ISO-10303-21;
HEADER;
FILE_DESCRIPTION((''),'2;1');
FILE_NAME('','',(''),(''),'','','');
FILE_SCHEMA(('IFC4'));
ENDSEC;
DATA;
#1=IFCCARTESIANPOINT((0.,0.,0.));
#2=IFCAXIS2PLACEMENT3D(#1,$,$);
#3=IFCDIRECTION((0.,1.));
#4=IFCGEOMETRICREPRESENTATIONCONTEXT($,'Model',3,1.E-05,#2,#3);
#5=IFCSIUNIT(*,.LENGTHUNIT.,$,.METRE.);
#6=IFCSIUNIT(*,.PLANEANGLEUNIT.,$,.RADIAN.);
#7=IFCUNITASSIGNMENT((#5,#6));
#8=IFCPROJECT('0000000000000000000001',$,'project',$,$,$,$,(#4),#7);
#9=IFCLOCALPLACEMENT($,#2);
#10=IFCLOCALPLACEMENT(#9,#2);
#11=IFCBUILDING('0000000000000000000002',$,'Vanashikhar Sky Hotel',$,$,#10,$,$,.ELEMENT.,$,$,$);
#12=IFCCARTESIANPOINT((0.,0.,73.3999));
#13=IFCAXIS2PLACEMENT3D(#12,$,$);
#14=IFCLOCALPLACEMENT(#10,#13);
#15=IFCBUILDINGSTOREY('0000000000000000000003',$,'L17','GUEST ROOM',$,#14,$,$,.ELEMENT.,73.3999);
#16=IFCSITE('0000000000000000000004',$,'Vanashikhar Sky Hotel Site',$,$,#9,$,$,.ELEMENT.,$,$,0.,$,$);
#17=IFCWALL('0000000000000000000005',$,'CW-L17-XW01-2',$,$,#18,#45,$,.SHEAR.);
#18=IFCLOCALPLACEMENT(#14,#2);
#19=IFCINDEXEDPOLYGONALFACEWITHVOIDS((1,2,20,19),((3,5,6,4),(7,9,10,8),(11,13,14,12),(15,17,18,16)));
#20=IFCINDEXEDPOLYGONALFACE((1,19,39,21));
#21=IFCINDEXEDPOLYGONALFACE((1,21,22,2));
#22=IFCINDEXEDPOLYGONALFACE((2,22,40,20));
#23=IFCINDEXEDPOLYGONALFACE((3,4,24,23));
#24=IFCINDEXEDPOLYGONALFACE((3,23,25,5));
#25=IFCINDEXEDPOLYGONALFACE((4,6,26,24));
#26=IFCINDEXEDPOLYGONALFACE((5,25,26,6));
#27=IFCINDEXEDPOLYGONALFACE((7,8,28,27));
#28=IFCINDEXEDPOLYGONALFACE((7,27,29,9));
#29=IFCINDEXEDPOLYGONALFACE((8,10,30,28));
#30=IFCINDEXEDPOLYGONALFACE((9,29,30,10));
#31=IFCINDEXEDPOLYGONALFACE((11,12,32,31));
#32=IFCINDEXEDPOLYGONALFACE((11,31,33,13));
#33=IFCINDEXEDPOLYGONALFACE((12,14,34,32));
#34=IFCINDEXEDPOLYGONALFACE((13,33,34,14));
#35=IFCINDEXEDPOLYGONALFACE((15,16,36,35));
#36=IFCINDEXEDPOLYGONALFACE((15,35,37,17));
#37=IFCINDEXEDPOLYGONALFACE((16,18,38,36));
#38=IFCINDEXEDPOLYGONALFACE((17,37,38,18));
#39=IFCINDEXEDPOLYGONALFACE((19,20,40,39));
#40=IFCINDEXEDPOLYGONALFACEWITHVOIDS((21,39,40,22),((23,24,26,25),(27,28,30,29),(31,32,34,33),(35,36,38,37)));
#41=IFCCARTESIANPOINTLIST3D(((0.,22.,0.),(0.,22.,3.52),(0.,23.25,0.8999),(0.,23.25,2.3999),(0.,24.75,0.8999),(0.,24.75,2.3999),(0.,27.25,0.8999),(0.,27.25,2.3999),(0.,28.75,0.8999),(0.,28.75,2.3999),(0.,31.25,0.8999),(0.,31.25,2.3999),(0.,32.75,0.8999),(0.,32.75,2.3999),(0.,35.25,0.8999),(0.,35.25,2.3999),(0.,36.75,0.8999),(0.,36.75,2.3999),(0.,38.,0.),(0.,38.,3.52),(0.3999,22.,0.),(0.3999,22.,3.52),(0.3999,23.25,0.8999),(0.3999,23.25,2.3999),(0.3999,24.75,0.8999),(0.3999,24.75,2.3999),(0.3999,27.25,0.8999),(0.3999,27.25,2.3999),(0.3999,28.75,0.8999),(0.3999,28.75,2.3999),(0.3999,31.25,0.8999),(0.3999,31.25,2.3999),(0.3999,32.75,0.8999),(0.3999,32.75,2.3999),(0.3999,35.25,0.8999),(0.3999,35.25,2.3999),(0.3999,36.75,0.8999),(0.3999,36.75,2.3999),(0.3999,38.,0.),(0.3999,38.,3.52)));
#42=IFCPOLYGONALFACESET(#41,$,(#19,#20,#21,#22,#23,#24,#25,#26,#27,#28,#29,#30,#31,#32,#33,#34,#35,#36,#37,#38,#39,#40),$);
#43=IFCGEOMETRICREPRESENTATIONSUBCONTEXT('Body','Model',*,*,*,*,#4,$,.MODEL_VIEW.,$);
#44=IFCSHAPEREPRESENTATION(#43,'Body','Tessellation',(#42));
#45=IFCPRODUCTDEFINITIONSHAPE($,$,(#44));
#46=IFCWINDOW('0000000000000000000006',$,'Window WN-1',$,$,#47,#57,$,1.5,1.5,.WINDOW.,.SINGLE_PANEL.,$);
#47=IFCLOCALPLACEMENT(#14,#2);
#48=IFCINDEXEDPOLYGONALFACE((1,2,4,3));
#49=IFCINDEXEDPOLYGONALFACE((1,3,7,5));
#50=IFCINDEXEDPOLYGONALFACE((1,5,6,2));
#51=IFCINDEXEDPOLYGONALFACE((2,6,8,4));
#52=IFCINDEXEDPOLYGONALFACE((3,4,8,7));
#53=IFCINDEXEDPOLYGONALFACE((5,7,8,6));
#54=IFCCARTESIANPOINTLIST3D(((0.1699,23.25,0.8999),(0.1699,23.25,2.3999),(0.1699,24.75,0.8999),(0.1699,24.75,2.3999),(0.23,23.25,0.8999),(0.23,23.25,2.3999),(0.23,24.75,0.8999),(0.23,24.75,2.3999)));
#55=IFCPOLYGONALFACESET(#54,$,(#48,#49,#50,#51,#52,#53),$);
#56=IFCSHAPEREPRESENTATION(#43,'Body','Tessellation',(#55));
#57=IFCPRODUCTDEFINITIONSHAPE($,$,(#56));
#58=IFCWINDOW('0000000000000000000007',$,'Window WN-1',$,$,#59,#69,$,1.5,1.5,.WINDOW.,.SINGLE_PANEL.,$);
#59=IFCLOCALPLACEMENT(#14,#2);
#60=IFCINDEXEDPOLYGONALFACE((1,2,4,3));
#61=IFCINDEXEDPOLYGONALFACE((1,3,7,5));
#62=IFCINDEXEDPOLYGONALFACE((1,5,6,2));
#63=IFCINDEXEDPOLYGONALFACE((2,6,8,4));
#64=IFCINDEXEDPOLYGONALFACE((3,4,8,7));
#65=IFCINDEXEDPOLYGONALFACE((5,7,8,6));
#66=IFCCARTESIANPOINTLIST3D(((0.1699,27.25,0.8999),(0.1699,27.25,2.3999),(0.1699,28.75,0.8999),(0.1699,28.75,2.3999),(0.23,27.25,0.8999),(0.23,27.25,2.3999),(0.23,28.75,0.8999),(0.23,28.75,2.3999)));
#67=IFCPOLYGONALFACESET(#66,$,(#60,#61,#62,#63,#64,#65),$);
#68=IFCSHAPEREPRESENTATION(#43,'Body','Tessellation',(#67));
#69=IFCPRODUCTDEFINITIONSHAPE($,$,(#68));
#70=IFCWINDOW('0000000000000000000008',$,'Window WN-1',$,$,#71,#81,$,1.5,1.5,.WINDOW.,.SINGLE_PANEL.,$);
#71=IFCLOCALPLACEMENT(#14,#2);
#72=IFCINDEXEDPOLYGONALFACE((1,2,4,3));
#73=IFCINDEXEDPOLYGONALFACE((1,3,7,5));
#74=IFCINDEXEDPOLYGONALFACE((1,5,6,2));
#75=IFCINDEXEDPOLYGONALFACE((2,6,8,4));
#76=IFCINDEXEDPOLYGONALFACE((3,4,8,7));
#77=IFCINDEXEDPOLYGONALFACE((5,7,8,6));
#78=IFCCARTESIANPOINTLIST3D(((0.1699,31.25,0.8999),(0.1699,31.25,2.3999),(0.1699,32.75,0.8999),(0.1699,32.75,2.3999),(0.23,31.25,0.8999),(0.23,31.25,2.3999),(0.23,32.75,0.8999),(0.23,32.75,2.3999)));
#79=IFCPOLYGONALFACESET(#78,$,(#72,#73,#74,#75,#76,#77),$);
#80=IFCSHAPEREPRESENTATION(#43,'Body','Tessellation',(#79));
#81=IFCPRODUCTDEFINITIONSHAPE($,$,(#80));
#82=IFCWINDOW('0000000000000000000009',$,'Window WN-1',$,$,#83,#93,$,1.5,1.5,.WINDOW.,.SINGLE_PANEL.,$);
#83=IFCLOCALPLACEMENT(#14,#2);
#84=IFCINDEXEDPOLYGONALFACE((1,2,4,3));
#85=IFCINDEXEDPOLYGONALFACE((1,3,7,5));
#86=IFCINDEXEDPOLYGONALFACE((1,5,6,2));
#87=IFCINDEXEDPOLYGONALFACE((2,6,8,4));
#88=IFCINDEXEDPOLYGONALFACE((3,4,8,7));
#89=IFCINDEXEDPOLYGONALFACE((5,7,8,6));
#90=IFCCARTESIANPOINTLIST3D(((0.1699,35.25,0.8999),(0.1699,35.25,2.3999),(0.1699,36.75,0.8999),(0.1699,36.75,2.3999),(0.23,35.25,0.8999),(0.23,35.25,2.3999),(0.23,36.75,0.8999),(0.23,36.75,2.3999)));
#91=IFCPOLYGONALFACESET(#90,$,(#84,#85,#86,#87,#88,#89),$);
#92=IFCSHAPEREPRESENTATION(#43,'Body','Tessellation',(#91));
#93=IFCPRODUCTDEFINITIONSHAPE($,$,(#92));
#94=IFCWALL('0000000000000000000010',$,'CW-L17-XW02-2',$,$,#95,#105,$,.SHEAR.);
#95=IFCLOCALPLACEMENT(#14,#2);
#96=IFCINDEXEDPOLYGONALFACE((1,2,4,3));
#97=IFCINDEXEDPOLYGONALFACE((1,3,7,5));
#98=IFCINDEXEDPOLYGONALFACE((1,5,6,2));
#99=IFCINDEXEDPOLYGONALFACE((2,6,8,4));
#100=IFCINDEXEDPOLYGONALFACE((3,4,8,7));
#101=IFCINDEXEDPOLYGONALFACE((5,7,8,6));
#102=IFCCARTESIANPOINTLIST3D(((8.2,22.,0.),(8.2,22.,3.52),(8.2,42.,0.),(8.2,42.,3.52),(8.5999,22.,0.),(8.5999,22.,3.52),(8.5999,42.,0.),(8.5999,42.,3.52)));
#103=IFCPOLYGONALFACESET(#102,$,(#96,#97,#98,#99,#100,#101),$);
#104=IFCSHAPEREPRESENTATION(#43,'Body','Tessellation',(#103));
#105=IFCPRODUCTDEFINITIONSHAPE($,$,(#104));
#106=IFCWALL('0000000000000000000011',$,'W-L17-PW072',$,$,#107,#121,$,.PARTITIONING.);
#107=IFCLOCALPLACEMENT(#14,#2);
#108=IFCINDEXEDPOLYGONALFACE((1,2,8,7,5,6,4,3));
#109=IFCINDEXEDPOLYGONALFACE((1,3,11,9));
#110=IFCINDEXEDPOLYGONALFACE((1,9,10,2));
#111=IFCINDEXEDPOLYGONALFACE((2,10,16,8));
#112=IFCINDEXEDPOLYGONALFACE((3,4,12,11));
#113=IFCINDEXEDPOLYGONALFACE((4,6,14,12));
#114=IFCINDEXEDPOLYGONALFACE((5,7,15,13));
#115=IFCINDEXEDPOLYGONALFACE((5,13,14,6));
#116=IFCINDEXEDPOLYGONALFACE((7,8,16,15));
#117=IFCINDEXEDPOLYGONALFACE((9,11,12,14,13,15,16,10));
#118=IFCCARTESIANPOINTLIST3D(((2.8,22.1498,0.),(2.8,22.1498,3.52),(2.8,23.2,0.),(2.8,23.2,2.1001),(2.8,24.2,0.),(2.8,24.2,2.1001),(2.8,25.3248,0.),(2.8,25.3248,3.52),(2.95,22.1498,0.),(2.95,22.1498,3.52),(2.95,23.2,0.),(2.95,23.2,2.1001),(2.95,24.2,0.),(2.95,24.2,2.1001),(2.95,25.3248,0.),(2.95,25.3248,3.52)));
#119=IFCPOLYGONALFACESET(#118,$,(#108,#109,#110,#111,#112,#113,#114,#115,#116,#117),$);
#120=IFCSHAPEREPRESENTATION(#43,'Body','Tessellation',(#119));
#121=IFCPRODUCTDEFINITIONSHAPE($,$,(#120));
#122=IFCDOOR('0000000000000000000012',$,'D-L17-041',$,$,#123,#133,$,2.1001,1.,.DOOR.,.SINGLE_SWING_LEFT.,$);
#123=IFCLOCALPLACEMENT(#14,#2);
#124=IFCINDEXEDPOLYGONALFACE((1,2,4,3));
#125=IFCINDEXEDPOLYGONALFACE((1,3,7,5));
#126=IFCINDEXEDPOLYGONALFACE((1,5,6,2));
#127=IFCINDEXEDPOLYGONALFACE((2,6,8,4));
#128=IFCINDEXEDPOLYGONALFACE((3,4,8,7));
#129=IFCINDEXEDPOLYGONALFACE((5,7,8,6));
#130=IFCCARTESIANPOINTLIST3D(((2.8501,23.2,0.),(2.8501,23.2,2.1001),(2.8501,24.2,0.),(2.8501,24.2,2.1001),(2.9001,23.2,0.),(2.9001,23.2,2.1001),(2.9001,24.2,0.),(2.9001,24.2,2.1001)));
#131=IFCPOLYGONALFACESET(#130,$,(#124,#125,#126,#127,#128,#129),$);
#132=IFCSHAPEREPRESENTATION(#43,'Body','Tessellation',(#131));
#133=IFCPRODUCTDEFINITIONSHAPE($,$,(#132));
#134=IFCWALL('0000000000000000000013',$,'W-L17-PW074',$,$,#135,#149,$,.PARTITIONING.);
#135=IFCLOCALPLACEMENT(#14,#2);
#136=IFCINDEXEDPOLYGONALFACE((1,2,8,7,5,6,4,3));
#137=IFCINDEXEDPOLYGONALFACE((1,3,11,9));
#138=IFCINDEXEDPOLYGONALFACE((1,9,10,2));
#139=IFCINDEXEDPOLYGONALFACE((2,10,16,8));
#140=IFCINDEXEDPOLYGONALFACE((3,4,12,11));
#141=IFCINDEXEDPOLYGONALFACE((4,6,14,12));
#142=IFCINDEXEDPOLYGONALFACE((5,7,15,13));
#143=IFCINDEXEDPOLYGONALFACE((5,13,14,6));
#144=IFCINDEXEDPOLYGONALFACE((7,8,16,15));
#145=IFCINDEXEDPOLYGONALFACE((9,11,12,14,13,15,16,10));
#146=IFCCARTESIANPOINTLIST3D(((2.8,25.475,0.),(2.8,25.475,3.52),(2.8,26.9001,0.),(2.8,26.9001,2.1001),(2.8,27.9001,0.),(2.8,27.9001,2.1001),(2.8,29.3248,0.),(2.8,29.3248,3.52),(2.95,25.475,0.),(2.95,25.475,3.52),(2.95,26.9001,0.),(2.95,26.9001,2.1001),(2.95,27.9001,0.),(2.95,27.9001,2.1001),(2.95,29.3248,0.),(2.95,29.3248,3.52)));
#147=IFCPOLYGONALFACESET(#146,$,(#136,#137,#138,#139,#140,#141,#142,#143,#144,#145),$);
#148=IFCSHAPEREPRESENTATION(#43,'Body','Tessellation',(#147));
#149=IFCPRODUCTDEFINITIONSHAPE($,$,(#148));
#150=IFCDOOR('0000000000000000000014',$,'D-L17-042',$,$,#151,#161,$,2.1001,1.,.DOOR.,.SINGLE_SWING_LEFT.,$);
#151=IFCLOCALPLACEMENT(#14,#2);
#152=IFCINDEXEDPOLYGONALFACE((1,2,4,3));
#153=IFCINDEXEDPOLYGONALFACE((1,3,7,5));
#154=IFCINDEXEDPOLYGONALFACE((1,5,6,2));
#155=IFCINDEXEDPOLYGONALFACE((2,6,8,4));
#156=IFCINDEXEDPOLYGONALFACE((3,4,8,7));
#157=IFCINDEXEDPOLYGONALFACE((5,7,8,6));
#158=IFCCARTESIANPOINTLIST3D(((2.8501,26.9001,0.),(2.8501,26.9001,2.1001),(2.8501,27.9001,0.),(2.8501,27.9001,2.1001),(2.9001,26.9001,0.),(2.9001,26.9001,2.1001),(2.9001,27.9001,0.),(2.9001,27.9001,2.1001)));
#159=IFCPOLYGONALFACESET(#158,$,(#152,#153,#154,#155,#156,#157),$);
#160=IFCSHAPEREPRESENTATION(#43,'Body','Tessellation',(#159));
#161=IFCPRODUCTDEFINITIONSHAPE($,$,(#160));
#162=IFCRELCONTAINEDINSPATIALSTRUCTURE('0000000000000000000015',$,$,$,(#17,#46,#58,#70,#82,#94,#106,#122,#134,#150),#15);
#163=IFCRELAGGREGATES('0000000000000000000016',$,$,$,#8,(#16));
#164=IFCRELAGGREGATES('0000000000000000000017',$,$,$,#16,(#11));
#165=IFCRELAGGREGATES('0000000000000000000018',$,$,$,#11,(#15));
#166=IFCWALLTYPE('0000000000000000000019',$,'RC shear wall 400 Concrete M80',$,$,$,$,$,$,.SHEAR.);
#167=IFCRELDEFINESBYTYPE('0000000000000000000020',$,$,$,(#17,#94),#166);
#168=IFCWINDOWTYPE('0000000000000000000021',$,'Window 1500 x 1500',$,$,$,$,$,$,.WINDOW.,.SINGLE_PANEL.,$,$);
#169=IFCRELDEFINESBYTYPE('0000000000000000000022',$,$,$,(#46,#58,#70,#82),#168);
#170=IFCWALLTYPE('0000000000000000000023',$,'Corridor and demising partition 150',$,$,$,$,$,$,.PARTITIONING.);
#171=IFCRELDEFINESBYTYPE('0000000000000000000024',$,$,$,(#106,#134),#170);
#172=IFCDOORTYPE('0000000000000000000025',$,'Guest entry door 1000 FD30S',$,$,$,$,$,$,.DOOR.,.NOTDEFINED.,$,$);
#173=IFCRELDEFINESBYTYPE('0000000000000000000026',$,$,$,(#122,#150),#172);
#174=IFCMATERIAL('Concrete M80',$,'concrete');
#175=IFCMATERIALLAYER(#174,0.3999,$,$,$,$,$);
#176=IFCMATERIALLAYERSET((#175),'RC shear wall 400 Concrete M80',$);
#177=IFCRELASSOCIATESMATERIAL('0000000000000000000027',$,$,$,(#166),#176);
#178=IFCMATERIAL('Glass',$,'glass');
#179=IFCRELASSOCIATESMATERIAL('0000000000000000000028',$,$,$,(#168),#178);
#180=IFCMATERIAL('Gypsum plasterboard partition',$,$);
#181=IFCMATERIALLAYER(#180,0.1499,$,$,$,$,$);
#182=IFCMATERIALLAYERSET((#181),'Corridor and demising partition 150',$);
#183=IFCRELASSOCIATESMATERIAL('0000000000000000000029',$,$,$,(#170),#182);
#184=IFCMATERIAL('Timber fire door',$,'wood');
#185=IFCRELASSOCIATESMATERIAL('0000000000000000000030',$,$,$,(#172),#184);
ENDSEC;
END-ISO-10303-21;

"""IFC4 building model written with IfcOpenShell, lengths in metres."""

from ifc_helpers import new_model, si_unit, direction, frame, frame_2d, origin, place, context, subcontext, project, spatial, rectangle, extrude, source, transform, mapped, material, layer, layer_set, type_object, element, fill, save


model = new_model("IFC4")

# Units and contexts
model_context = context("Model", 3, precision=1e-05, world=origin(), true_north=direction((0.0, 1.0)))
body_context = subcontext(model_context, "Body", "Model", "MODEL_VIEW")
ifc_project = project(units=[si_unit("LENGTHUNIT", "METRE"), si_unit("PLANEANGLEUNIT", "RADIAN")], contexts=[model_context])

# Site, building, storey
site_placement = place(None, origin())
site = spatial("IfcSite", under=ifc_project, at=site_placement, Name="Vanashikhar Sky Hotel Site", CompositionType="ELEMENT", RefElevation=0.0)
building_placement = place(site_placement, origin())
building = spatial("IfcBuilding", under=site, at=building_placement, Name="Vanashikhar Sky Hotel", CompositionType="ELEMENT")
storey_placement = place(building_placement, frame((0.0, 0.0, 73.3999)))
storey = spatial("IfcBuildingStorey", under=building, at=storey_placement, Name="L17", Description="GUEST ROOM", CompositionType="ELEMENT", Elevation=73.3999)

# Wall, openings, windows
ifc_material_1 = material(Name="Concrete M80", Category="concrete")
ifc_layer_1 = layer(ifc_material_1, 0.3999)
ifc_layer_set_1 = layer_set([ifc_layer_1], Name="RC shear wall 400 Concrete M80")
wall_type_1 = type_object("IfcWallType", Name="RC shear wall 400 Concrete M80", PredefinedType="SHEAR", material=ifc_layer_set_1)
shared_shape_1 = source(origin(), body_context, "Body", "SweptSolid", [
    extrude(rectangle(XDim=16.0, YDim=0.3999, at=frame_2d((8.0, 0.0))), origin(), (0.0, 0.0, 1.0), 3.52),
])
wall_1_placement = place(storey_placement, frame((0.2, 22.0, 0.0), z_axis=(0.0, 0.0, 1.0), x_axis=(0.0, 1.0, 0.0)))
wall_1 = element("IfcWall", 1, at=wall_1_placement, inside=storey, type_object=wall_type_1, Name="CW-L17-XW01-2", PredefinedType="SHEAR", context=body_context, shape_type="MappedRepresentation", body=[
    mapped(shared_shape_1, transform((0.0, 0.0, 0.0), scale=1.0)),
])
shared_shape_2 = source(origin(), body_context, "Body", "SweptSolid", [
    extrude(rectangle(XDim=1.5, YDim=1.5, at=frame_2d((0.75, 0.75))), frame((0.0, 0.21, 0.0), z_axis=(0.0, -1.0, 0.0), x_axis=(1.0, 0.0, 0.0)), (0.0, 0.0, 1.0), 0.4199),
])
opening_1_placement = place(wall_1_placement, frame((1.25, 0.0, 0.8999)))
opening_1 = element("IfcOpeningElement", 2, at=opening_1_placement, cuts=wall_1, PredefinedType="OPENING", context=body_context, shape_type="MappedRepresentation", body=[
    mapped(shared_shape_2, transform((0.0, 0.0, 0.0), scale=1.0)),
])
opening_2_placement = place(wall_1_placement, frame((5.25, 0.0, 0.8999)))
opening_2 = element("IfcOpeningElement", 3, at=opening_2_placement, cuts=wall_1, PredefinedType="OPENING", context=body_context, shape_type="MappedRepresentation", body=[
    mapped(shared_shape_2, transform((0.0, 0.0, 0.0), scale=1.0)),
])
opening_3_placement = place(wall_1_placement, frame((9.25, 0.0, 0.8999)))
opening_3 = element("IfcOpeningElement", 4, at=opening_3_placement, cuts=wall_1, PredefinedType="OPENING", context=body_context, shape_type="MappedRepresentation", body=[
    mapped(shared_shape_2, transform((0.0, 0.0, 0.0), scale=1.0)),
])
opening_4_placement = place(wall_1_placement, frame((13.25, 0.0, 0.8999)))
opening_4 = element("IfcOpeningElement", 5, at=opening_4_placement, cuts=wall_1, PredefinedType="OPENING", context=body_context, shape_type="MappedRepresentation", body=[
    mapped(shared_shape_2, transform((0.0, 0.0, 0.0), scale=1.0)),
])
ifc_material_2 = material(Name="Glass", Category="glass")
window_type = type_object("IfcWindowType", Name="Window 1500 x 1500", PartitioningType="SINGLE_PANEL", PredefinedType="WINDOW", material=ifc_material_2)
shared_shape_3 = source(origin(), body_context, "Body", "SweptSolid", [
    extrude(rectangle(XDim=1.5, YDim=1.5, at=frame_2d((0.75, 0.75))), frame((0.0, 0.03, 0.0), z_axis=(0.0, -1.0, 0.0), x_axis=(1.0, 0.0, 0.0)), (0.0, 0.0, 1.0), 0.0601),
])
window_1_placement = place(opening_1_placement, origin())
window_1 = element("IfcWindow", 6, at=window_1_placement, inside=storey, type_object=window_type, Name="Window WN-1", OverallHeight=1.5, OverallWidth=1.5, PartitioningType="SINGLE_PANEL", PredefinedType="WINDOW", context=body_context, shape_type="MappedRepresentation", body=[
    mapped(shared_shape_3, transform((0.0, 0.0, 0.0), scale=1.0)),
])
fill(opening_1, window_1)
window_2_placement = place(opening_2_placement, origin())
window_2 = element("IfcWindow", 7, at=window_2_placement, inside=storey, type_object=window_type, Name="Window WN-1", OverallHeight=1.5, OverallWidth=1.5, PartitioningType="SINGLE_PANEL", PredefinedType="WINDOW", context=body_context, shape_type="MappedRepresentation", body=[
    mapped(shared_shape_3, transform((0.0, 0.0, 0.0), scale=1.0)),
])
fill(opening_2, window_2)
window_3_placement = place(opening_3_placement, origin())
window_3 = element("IfcWindow", 8, at=window_3_placement, inside=storey, type_object=window_type, Name="Window WN-1", OverallHeight=1.5, OverallWidth=1.5, PartitioningType="SINGLE_PANEL", PredefinedType="WINDOW", context=body_context, shape_type="MappedRepresentation", body=[
    mapped(shared_shape_3, transform((0.0, 0.0, 0.0), scale=1.0)),
])
fill(opening_3, window_3)
window_4_placement = place(opening_4_placement, origin())
window_4 = element("IfcWindow", 9, at=window_4_placement, inside=storey, type_object=window_type, Name="Window WN-1", OverallHeight=1.5, OverallWidth=1.5, PartitioningType="SINGLE_PANEL", PredefinedType="WINDOW", context=body_context, shape_type="MappedRepresentation", body=[
    mapped(shared_shape_3, transform((0.0, 0.0, 0.0), scale=1.0)),
])
fill(opening_4, window_4)

# Wall
shared_shape_4 = source(origin(), body_context, "Body", "SweptSolid", [
    extrude(rectangle(XDim=20.0, YDim=0.3999, at=frame_2d((10.0, 0.0))), origin(), (0.0, 0.0, 1.0), 3.52),
])
wall_2_placement = place(storey_placement, frame((8.3999, 22.0, 0.0), z_axis=(0.0, 0.0, 1.0), x_axis=(0.0, 1.0, 0.0)))
element("IfcWall", 10, at=wall_2_placement, inside=storey, type_object=wall_type_1, Name="CW-L17-XW02-2", PredefinedType="SHEAR", context=body_context, shape_type="MappedRepresentation", body=[
    mapped(shared_shape_4, transform((0.0, 0.0, 0.0), scale=1.0)),
])

# Walls, openings, doors
ifc_material_3 = material(Name="Gypsum plasterboard partition")
ifc_layer_2 = layer(ifc_material_3, 0.1499)
ifc_layer_set_2 = layer_set([ifc_layer_2], Name="Corridor and demising partition 150")
wall_type_2 = type_object("IfcWallType", Name="Corridor and demising partition 150", PredefinedType="PARTITIONING", material=ifc_layer_set_2)
shared_shape_5 = source(origin(), body_context, "Body", "SweptSolid", [
    extrude(rectangle(XDim=3.175, YDim=0.1499, at=frame_2d((1.5874, 0.0))), origin(), (0.0, 0.0, 1.0), 3.52),
])
wall_3_placement = place(storey_placement, frame((2.875, 22.1499, 0.0), z_axis=(0.0, 0.0, 1.0), x_axis=(0.0, 1.0, 0.0)))
wall_3 = element("IfcWall", 11, at=wall_3_placement, inside=storey, type_object=wall_type_2, Name="W-L17-PW072", PredefinedType="PARTITIONING", context=body_context, shape_type="MappedRepresentation", body=[
    mapped(shared_shape_5, transform((0.0, 0.0, 0.0), scale=1.0)),
])
shared_shape_6 = source(origin(), body_context, "Body", "SweptSolid", [
    extrude(rectangle(XDim=1.0, YDim=2.1001, at=frame_2d((0.5, 1.05))), frame((0.0, 0.085, 0.0), z_axis=(0.0, -1.0, 0.0), x_axis=(1.0, 0.0, 0.0)), (0.0, 0.0, 1.0), 0.1699),
])
opening_5_placement = place(wall_3_placement, frame((1.05, 0.0, 0.0)))
opening_5 = element("IfcOpeningElement", 12, at=opening_5_placement, cuts=wall_3, PredefinedType="OPENING", context=body_context, shape_type="MappedRepresentation", body=[
    mapped(shared_shape_6, transform((0.0, 0.0, 0.0), scale=1.0)),
])
ifc_material_4 = material(Name="Timber fire door", Category="wood")
door_type_1 = type_object("IfcDoorType", Name="Guest entry door 1000 FD30S", OperationType="NOTDEFINED", PredefinedType="DOOR", material=ifc_material_4)
shared_shape_7 = source(origin(), body_context, "Body", "SweptSolid", [
    extrude(rectangle(XDim=1.0, YDim=2.1001, at=frame_2d((0.5, 1.05))), frame((0.0, 0.0249, 0.0), z_axis=(0.0, -1.0, 0.0), x_axis=(1.0, 0.0, 0.0)), (0.0, 0.0, 1.0), 0.05),
])
door_1_placement = place(opening_5_placement, origin())
door_1 = element("IfcDoor", 13, at=door_1_placement, inside=storey, type_object=door_type_1, Name="D-L17-041", OperationType="SINGLE_SWING_LEFT", OverallHeight=2.1001, OverallWidth=1.0, PredefinedType="DOOR", context=body_context, shape_type="MappedRepresentation", body=[
    mapped(shared_shape_7, transform((0.0, 0.0, 0.0), scale=1.0)),
])
fill(opening_5, door_1)
shared_shape_8 = source(origin(), body_context, "Body", "SweptSolid", [
    extrude(rectangle(XDim=3.8499, YDim=0.1499, at=frame_2d((1.9248, 0.0))), origin(), (0.0, 0.0, 1.0), 3.52),
])
wall_4_placement = place(storey_placement, frame((2.875, 25.4751, 0.0), z_axis=(0.0, 0.0, 1.0), x_axis=(0.0, 1.0, 0.0)))
wall_4 = element("IfcWall", 14, at=wall_4_placement, inside=storey, type_object=wall_type_2, Name="W-L17-PW074", PredefinedType="PARTITIONING", context=body_context, shape_type="MappedRepresentation", body=[
    mapped(shared_shape_8, transform((0.0, 0.0, 0.0), scale=1.0)),
])
opening_6_placement = place(wall_4_placement, frame((1.425, 0.0, 0.0)))
opening_6 = element("IfcOpeningElement", 15, at=opening_6_placement, cuts=wall_4, PredefinedType="OPENING", context=body_context, shape_type="MappedRepresentation", body=[
    mapped(shared_shape_6, transform((0.0, 0.0, 0.0), scale=1.0)),
])
door_2_placement = place(opening_6_placement, origin())
door_2 = element("IfcDoor", 16, at=door_2_placement, inside=storey, type_object=door_type_1, Name="D-L17-042", OperationType="SINGLE_SWING_LEFT", OverallHeight=2.1001, OverallWidth=1.0, PredefinedType="DOOR", context=body_context, shape_type="MappedRepresentation", body=[
    mapped(shared_shape_7, transform((0.0, 0.0, 0.0), scale=1.0)),
])
fill(opening_6, door_2)

save(model, "model.ifc")
